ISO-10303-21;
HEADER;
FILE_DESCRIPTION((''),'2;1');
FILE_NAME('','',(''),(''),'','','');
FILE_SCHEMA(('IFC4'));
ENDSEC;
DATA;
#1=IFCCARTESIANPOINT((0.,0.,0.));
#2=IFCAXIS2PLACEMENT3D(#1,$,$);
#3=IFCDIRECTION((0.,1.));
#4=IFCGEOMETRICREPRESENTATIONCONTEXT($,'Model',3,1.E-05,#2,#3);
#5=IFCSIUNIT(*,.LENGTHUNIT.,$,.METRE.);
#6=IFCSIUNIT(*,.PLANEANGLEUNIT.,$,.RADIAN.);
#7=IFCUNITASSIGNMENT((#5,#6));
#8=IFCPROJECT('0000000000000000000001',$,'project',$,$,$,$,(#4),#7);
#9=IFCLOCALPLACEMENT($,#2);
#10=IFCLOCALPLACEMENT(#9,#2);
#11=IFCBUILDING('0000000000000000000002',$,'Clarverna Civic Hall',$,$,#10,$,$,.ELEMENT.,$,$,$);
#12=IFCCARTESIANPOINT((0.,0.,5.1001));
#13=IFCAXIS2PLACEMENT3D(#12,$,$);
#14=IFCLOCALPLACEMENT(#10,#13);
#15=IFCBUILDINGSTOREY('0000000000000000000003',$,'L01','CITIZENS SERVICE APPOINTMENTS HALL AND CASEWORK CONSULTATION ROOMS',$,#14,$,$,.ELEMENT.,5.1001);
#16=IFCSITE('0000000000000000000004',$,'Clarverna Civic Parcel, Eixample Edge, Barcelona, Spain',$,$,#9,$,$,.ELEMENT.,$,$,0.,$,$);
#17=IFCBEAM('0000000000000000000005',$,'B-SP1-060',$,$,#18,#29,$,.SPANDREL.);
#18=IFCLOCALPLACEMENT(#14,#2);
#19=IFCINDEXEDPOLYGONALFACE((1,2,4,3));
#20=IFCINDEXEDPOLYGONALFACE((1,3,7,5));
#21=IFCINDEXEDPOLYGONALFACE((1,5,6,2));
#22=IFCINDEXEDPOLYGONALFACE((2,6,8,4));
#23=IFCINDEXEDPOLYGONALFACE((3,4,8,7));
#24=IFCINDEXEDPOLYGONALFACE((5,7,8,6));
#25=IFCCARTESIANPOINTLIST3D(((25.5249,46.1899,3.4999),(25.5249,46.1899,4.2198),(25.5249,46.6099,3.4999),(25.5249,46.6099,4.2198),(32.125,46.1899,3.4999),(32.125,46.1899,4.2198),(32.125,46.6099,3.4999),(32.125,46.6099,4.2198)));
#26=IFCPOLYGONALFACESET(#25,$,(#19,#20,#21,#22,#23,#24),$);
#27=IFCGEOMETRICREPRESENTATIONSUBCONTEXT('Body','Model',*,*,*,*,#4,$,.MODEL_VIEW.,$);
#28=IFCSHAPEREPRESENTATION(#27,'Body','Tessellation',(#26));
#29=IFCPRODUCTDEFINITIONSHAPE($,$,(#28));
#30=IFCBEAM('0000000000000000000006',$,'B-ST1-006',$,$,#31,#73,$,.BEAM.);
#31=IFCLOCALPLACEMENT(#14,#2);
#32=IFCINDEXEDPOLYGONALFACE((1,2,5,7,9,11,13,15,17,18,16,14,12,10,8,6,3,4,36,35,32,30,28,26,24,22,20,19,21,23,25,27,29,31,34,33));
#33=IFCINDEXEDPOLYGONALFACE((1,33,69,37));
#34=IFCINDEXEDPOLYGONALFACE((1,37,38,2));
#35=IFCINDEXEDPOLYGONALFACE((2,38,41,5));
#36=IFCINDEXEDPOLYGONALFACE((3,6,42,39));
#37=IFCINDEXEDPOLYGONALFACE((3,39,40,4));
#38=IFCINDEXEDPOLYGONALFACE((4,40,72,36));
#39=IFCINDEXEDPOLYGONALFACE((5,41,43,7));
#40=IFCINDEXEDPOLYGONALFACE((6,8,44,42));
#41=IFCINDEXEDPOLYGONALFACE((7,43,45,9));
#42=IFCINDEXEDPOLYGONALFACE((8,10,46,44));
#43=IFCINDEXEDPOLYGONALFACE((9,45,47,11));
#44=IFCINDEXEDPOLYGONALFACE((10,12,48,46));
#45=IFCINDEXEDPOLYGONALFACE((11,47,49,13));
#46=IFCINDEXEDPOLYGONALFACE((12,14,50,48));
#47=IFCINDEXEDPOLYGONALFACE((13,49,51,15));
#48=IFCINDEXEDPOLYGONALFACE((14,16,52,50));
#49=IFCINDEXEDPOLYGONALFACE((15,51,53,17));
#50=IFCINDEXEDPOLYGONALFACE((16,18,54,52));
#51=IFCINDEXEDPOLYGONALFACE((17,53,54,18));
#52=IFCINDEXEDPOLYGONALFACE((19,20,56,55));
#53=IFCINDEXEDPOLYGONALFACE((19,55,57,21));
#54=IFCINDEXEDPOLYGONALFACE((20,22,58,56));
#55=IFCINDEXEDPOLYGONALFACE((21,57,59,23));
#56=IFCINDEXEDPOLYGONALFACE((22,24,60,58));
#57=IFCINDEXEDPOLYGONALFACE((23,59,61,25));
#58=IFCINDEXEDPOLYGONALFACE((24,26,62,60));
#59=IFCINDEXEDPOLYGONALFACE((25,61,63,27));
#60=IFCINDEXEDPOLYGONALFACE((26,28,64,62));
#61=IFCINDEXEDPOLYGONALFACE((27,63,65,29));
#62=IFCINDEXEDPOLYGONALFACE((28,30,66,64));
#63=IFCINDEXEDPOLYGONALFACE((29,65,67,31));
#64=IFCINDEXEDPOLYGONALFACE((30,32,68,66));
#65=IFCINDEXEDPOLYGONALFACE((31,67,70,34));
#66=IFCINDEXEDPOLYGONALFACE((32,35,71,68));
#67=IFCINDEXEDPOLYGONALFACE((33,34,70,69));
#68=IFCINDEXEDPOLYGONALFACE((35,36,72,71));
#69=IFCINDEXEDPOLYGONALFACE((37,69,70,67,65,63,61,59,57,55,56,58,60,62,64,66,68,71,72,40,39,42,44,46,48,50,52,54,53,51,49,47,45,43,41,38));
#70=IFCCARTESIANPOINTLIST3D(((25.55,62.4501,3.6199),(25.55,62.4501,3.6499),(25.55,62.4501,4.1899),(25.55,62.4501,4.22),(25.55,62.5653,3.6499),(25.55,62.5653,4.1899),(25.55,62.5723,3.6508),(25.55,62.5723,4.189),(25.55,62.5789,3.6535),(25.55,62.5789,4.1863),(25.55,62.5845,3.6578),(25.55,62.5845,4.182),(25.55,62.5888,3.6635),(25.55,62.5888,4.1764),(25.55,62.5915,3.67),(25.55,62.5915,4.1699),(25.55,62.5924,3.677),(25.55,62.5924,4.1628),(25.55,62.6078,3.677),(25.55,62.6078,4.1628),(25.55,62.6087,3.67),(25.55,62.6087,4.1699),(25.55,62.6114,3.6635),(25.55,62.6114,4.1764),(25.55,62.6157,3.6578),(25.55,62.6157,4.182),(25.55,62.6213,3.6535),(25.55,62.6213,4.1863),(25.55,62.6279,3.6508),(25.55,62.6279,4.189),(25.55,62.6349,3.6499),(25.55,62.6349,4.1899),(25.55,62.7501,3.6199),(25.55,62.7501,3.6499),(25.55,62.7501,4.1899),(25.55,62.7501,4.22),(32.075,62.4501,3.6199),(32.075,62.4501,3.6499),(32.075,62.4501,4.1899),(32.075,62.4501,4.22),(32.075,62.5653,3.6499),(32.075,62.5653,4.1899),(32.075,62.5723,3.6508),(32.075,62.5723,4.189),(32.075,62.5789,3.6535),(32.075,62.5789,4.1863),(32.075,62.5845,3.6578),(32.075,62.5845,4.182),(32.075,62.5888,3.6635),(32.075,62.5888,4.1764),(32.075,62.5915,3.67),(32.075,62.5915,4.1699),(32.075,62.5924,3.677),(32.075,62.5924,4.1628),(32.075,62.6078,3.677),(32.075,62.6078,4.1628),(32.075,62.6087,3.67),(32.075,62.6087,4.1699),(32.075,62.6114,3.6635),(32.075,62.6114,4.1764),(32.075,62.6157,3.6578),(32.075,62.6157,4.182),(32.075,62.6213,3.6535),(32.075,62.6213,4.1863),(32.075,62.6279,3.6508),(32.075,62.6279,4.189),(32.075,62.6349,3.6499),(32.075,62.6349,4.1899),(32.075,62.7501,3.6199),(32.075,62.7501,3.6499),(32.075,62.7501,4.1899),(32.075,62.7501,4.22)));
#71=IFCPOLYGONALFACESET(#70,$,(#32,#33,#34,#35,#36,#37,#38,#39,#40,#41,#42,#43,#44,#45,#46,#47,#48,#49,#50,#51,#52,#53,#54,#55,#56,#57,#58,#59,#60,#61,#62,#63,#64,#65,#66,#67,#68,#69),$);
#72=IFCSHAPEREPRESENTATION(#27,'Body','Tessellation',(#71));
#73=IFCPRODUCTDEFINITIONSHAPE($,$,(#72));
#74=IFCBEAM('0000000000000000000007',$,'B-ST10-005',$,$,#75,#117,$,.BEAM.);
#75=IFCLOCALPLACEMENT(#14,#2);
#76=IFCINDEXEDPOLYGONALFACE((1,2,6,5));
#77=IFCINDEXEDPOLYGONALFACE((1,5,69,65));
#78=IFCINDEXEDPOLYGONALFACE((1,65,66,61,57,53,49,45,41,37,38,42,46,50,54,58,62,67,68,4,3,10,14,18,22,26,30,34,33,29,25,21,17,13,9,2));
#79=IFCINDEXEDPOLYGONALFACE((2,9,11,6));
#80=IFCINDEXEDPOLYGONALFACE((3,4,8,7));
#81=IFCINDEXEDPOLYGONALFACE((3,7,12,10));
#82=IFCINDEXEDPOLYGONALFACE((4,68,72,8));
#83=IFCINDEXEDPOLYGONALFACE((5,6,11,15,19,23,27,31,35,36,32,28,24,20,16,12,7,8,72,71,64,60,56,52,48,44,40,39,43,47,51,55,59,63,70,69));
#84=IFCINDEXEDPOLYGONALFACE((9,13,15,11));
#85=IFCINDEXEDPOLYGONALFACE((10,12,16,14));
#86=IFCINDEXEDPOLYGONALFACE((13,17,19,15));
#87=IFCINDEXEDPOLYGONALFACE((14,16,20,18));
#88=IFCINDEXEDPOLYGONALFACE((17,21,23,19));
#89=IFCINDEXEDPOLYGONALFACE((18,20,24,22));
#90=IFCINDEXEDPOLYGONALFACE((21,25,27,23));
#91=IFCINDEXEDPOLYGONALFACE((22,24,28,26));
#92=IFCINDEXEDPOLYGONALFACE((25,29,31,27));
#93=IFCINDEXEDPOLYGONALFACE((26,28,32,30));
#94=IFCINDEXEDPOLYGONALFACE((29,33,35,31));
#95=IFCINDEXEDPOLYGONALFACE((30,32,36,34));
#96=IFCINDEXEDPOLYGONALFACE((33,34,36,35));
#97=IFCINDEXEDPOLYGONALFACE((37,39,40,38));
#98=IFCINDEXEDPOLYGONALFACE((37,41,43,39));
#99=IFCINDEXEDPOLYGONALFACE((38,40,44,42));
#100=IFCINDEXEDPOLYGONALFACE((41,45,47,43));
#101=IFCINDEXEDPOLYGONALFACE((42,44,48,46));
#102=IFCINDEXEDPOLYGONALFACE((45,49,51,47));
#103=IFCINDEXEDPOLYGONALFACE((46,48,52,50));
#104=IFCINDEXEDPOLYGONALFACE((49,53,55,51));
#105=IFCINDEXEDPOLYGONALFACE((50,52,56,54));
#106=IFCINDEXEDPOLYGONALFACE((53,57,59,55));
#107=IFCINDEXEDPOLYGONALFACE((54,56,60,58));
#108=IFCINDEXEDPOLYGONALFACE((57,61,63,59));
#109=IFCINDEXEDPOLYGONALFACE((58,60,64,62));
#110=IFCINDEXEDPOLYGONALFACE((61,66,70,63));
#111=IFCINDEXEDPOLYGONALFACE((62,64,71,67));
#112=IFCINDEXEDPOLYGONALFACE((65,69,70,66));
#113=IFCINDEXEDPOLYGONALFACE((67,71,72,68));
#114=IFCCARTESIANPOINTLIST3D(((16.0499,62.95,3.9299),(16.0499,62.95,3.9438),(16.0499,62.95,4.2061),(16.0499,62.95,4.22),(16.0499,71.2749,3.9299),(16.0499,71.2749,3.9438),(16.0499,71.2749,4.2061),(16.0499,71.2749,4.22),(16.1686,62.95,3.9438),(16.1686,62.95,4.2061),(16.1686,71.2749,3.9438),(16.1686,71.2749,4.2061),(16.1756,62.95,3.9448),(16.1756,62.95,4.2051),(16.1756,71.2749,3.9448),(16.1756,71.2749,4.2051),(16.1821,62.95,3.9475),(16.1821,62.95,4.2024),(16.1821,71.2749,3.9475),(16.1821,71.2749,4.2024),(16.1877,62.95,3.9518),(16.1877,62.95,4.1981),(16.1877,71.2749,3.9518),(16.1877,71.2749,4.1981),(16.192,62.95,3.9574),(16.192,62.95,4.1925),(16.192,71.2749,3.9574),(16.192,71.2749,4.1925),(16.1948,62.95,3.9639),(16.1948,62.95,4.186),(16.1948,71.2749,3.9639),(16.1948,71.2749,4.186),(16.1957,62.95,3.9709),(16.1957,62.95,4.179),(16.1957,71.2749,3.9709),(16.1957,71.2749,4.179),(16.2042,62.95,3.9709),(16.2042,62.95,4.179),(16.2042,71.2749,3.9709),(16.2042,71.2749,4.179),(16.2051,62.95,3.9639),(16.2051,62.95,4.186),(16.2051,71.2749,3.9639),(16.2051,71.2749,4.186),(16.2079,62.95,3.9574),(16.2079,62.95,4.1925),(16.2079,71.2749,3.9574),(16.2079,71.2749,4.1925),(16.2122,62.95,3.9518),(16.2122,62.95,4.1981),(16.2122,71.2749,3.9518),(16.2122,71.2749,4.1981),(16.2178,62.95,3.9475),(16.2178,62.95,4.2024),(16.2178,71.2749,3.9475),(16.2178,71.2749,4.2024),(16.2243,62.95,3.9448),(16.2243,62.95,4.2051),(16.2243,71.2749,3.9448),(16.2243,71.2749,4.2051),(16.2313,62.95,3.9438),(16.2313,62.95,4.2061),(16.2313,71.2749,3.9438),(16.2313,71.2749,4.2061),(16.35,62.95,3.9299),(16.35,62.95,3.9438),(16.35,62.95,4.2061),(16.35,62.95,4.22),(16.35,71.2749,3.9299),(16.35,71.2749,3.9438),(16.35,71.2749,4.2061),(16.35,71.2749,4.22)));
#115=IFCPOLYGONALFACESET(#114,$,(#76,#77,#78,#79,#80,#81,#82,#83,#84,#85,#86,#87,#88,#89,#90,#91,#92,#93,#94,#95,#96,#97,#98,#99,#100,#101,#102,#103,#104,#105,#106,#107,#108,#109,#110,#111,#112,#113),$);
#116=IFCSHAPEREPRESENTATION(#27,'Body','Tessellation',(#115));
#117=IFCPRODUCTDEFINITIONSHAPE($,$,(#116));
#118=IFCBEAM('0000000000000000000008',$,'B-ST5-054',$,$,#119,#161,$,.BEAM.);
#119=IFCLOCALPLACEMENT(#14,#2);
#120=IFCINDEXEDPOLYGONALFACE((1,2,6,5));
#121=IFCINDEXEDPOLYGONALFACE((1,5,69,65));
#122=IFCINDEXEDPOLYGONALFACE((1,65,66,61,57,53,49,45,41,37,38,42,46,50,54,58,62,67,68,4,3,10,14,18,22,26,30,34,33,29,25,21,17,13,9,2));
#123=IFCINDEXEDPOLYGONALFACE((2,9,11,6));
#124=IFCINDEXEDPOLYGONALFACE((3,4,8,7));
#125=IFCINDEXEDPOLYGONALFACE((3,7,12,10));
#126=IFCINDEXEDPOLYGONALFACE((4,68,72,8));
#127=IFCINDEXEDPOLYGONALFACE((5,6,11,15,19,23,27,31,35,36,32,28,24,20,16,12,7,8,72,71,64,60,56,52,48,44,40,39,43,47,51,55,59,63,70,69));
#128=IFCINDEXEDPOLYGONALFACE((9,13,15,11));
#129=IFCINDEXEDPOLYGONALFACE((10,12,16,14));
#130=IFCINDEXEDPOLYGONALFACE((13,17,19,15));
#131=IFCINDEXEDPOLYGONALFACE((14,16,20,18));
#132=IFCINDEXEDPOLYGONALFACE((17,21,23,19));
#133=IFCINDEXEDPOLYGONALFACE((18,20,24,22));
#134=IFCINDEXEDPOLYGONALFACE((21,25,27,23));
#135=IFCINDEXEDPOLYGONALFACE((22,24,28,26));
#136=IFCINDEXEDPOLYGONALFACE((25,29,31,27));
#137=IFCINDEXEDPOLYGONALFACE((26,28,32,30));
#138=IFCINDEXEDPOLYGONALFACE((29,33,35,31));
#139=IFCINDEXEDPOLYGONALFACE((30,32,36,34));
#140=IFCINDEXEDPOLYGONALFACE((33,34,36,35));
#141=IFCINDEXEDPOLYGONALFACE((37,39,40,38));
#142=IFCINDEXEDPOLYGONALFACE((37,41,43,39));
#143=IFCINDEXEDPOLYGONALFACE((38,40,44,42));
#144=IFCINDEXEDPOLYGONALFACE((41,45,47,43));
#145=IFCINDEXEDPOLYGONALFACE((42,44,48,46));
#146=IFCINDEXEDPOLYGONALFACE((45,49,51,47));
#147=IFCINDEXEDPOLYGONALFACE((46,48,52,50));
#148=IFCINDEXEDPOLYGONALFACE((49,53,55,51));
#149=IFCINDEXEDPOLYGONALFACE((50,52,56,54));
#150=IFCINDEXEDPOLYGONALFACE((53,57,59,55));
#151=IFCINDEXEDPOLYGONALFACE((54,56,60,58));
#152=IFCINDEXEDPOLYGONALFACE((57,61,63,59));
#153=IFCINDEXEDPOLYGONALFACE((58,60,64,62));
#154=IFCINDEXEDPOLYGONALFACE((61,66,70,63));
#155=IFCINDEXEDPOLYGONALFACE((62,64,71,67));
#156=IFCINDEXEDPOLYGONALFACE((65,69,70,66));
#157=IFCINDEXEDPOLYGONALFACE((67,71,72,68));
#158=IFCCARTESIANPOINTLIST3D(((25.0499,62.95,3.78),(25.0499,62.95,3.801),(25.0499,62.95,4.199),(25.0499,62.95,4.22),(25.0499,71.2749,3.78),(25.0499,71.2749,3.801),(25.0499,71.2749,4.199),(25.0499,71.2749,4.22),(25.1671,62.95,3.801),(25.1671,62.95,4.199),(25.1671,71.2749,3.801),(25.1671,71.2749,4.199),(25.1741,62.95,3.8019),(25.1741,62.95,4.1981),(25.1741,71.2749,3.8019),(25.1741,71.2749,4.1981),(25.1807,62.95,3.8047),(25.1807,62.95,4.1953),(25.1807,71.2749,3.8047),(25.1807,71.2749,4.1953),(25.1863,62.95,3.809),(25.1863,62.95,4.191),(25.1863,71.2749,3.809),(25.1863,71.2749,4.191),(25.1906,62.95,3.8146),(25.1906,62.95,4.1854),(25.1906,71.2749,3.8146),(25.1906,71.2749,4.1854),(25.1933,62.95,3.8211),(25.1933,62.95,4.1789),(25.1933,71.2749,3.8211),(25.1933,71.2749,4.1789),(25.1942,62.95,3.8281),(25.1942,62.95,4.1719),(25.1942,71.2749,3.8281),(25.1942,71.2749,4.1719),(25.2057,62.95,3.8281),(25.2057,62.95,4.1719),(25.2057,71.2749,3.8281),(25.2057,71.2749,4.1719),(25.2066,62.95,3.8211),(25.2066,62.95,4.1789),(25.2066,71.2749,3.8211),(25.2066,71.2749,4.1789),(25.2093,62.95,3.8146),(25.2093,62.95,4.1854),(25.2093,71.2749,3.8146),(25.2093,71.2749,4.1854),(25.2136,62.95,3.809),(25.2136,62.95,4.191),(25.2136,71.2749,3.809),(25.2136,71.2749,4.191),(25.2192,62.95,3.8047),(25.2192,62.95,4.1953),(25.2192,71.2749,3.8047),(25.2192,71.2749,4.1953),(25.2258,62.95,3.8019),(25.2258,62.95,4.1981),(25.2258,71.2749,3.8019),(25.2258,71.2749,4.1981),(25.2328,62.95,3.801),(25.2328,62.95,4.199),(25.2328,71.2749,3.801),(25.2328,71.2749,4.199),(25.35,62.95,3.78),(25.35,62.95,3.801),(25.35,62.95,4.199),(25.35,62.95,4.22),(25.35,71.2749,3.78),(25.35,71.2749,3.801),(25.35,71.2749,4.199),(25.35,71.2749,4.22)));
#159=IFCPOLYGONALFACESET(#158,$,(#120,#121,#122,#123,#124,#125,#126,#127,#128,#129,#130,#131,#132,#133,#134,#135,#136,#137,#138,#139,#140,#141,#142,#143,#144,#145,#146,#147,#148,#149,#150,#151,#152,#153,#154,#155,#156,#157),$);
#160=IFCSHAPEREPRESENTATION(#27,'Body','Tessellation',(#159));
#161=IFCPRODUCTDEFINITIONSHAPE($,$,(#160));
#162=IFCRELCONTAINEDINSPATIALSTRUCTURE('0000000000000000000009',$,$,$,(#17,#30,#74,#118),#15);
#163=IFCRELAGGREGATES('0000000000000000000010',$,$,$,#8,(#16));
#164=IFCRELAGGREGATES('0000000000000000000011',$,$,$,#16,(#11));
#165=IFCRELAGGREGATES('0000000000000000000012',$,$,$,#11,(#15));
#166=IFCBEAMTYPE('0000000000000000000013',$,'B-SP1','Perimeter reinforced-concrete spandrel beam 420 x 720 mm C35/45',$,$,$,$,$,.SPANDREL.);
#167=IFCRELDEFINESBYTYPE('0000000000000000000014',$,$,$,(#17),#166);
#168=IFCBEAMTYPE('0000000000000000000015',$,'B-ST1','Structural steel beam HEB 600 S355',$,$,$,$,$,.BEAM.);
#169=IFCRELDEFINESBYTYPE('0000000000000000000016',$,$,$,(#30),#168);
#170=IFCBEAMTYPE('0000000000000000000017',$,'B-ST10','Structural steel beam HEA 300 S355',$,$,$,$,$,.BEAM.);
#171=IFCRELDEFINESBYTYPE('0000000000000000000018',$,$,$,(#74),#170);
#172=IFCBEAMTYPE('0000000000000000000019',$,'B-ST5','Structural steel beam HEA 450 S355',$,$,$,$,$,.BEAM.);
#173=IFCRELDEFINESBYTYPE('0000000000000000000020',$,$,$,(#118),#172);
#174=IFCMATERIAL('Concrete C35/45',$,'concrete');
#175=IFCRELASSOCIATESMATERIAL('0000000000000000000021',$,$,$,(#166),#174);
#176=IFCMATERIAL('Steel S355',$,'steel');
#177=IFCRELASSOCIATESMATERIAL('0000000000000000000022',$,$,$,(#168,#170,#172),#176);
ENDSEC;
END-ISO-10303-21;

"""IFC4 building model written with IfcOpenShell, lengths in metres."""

from ifc_helpers import new_model, si_unit, direction, frame, origin, origin_2d, place, context, subcontext, project, spatial, rectangle, i_section, extrude, material, material_profile, profile_set, type_object, element, save


model = new_model("IFC4")

# Units and contexts
model_context = context("Model", 3, precision=1e-05, world=origin(), true_north=direction((0.0, 1.0)))
body_context = subcontext(model_context, "Body", "Model", "MODEL_VIEW")
ifc_project = project(units=[si_unit("LENGTHUNIT", "METRE"), si_unit("PLANEANGLEUNIT", "RADIAN")], contexts=[model_context])

# Site, building, storey
site_placement = place(None, origin())
site = spatial("IfcSite", under=ifc_project, at=site_placement, Name="Clarverna Civic Parcel, Eixample Edge, Barcelona, Spain", CompositionType="ELEMENT", RefElevation=0.0)
building_placement = place(site_placement, origin())
building = spatial("IfcBuilding", under=site, at=building_placement, Name="Clarverna Civic Hall", CompositionType="ELEMENT")
storey_placement = place(building_placement, frame((0.0, 0.0, 5.1001)))
storey = spatial("IfcBuildingStorey", under=building, at=storey_placement, Name="L01", Description="CITIZENS SERVICE APPOINTMENTS HALL AND CASEWORK CONSULTATION ROOMS", CompositionType="ELEMENT", Elevation=5.1001)

# Shared definitions
ifc_material_1 = material(Name="Concrete C35/45", Category="concrete")

# Beams
ifc_material_profile_1 = material_profile(ifc_material_1, rectangle(XDim=0.4199, YDim=0.72, at=origin_2d()), Name="RC 420x720")
ifc_profile_set_1 = profile_set([ifc_material_profile_1], Name="Concrete C35/45")
beam_type_1 = type_object("IfcBeamType", Name="B-SP1", Description="Perimeter reinforced-concrete spandrel beam 420 x 720 mm C35/45", PredefinedType="SPANDREL", material=ifc_profile_set_1)
beam_1_placement = place(storey_placement, frame((25.5249, 46.3999, 3.8599), z_axis=(1.0, 0.0, 0.0), x_axis=(0.0, 1.0, 0.0)))
element("IfcBeam", 1, at=beam_1_placement, inside=storey, type_object=beam_type_1, Name="B-SP1-060", PredefinedType="SPANDREL", context=body_context, shape_type="SweptSolid", body=[
    extrude(rectangle(XDim=0.4199, YDim=0.72, at=origin_2d()), origin(), (0.0, 0.0, 1.0), 6.6001),
])
ifc_material_2 = material(Name="Steel S355", Category="steel")
ifc_material_profile_2 = material_profile(ifc_material_2, i_section(OverallWidth=0.3, OverallDepth=0.6001, WebThickness=0.0154, FlangeThickness=0.03, FilletRadius=0.0271, at=origin_2d()), Name="HEB 600")
ifc_profile_set_2 = profile_set([ifc_material_profile_2], Name="Steel S355")
beam_type_2 = type_object("IfcBeamType", Name="B-ST1", Description="Structural steel beam HEB 600 S355", PredefinedType="BEAM", material=ifc_profile_set_2)
beam_2_placement = place(storey_placement, frame((25.55, 62.6001, 3.9199), z_axis=(1.0, 0.0, 0.0), x_axis=(0.0, 1.0, 0.0)))
element("IfcBeam", 2, at=beam_2_placement, inside=storey, type_object=beam_type_2, Name="B-ST1-006", PredefinedType="BEAM", context=body_context, shape_type="SweptSolid", body=[
    extrude(i_section(OverallWidth=0.3, OverallDepth=0.6001, WebThickness=0.0154, FlangeThickness=0.03, FilletRadius=0.0271, at=origin_2d()), origin(), (0.0, 0.0, 1.0), 6.5249),
])
ifc_material_profile_3 = material_profile(ifc_material_2, i_section(OverallWidth=0.3, OverallDepth=0.29, WebThickness=0.0085, FlangeThickness=0.0139, FilletRadius=0.0271, at=origin_2d()), Name="HEA 300")
ifc_profile_set_3 = profile_set([ifc_material_profile_3], Name="Steel S355")
beam_type_3 = type_object("IfcBeamType", Name="B-ST10", Description="Structural steel beam HEA 300 S355", PredefinedType="BEAM", material=ifc_profile_set_3)
beam_3_placement = place(storey_placement, frame((16.2, 62.95, 4.075), z_axis=(0.0, 1.0, 0.0), x_axis=(-1.0, 0.0, 0.0)))
element("IfcBeam", 3, at=beam_3_placement, inside=storey, type_object=beam_type_3, Name="B-ST10-005", PredefinedType="BEAM", context=body_context, shape_type="SweptSolid", body=[
    extrude(i_section(OverallWidth=0.3, OverallDepth=0.29, WebThickness=0.0085, FlangeThickness=0.0139, FilletRadius=0.0271, at=origin_2d()), origin(), (0.0, 0.0, 1.0), 8.325),
])
ifc_material_profile_4 = material_profile(ifc_material_2, i_section(OverallWidth=0.3, OverallDepth=0.4399, WebThickness=0.0115, FlangeThickness=0.021, FilletRadius=0.0271, at=origin_2d()), Name="HEA 450")
ifc_profile_set_4 = profile_set([ifc_material_profile_4], Name="Steel S355")
beam_type_4 = type_object("IfcBeamType", Name="B-ST5", Description="Structural steel beam HEA 450 S355", PredefinedType="BEAM", material=ifc_profile_set_4)
beam_4_placement = place(storey_placement, frame((25.2, 62.95, 4.0), z_axis=(0.0, 1.0, 0.0), x_axis=(-1.0, 0.0, 0.0)))
element("IfcBeam", 4, at=beam_4_placement, inside=storey, type_object=beam_type_4, Name="B-ST5-054", PredefinedType="BEAM", context=body_context, shape_type="SweptSolid", body=[
    extrude(i_section(OverallWidth=0.3, OverallDepth=0.4399, WebThickness=0.0115, FlangeThickness=0.021, FilletRadius=0.0271, at=origin_2d()), origin(), (0.0, 0.0, 1.0), 8.325),
])

save(model, "model.ifc")
